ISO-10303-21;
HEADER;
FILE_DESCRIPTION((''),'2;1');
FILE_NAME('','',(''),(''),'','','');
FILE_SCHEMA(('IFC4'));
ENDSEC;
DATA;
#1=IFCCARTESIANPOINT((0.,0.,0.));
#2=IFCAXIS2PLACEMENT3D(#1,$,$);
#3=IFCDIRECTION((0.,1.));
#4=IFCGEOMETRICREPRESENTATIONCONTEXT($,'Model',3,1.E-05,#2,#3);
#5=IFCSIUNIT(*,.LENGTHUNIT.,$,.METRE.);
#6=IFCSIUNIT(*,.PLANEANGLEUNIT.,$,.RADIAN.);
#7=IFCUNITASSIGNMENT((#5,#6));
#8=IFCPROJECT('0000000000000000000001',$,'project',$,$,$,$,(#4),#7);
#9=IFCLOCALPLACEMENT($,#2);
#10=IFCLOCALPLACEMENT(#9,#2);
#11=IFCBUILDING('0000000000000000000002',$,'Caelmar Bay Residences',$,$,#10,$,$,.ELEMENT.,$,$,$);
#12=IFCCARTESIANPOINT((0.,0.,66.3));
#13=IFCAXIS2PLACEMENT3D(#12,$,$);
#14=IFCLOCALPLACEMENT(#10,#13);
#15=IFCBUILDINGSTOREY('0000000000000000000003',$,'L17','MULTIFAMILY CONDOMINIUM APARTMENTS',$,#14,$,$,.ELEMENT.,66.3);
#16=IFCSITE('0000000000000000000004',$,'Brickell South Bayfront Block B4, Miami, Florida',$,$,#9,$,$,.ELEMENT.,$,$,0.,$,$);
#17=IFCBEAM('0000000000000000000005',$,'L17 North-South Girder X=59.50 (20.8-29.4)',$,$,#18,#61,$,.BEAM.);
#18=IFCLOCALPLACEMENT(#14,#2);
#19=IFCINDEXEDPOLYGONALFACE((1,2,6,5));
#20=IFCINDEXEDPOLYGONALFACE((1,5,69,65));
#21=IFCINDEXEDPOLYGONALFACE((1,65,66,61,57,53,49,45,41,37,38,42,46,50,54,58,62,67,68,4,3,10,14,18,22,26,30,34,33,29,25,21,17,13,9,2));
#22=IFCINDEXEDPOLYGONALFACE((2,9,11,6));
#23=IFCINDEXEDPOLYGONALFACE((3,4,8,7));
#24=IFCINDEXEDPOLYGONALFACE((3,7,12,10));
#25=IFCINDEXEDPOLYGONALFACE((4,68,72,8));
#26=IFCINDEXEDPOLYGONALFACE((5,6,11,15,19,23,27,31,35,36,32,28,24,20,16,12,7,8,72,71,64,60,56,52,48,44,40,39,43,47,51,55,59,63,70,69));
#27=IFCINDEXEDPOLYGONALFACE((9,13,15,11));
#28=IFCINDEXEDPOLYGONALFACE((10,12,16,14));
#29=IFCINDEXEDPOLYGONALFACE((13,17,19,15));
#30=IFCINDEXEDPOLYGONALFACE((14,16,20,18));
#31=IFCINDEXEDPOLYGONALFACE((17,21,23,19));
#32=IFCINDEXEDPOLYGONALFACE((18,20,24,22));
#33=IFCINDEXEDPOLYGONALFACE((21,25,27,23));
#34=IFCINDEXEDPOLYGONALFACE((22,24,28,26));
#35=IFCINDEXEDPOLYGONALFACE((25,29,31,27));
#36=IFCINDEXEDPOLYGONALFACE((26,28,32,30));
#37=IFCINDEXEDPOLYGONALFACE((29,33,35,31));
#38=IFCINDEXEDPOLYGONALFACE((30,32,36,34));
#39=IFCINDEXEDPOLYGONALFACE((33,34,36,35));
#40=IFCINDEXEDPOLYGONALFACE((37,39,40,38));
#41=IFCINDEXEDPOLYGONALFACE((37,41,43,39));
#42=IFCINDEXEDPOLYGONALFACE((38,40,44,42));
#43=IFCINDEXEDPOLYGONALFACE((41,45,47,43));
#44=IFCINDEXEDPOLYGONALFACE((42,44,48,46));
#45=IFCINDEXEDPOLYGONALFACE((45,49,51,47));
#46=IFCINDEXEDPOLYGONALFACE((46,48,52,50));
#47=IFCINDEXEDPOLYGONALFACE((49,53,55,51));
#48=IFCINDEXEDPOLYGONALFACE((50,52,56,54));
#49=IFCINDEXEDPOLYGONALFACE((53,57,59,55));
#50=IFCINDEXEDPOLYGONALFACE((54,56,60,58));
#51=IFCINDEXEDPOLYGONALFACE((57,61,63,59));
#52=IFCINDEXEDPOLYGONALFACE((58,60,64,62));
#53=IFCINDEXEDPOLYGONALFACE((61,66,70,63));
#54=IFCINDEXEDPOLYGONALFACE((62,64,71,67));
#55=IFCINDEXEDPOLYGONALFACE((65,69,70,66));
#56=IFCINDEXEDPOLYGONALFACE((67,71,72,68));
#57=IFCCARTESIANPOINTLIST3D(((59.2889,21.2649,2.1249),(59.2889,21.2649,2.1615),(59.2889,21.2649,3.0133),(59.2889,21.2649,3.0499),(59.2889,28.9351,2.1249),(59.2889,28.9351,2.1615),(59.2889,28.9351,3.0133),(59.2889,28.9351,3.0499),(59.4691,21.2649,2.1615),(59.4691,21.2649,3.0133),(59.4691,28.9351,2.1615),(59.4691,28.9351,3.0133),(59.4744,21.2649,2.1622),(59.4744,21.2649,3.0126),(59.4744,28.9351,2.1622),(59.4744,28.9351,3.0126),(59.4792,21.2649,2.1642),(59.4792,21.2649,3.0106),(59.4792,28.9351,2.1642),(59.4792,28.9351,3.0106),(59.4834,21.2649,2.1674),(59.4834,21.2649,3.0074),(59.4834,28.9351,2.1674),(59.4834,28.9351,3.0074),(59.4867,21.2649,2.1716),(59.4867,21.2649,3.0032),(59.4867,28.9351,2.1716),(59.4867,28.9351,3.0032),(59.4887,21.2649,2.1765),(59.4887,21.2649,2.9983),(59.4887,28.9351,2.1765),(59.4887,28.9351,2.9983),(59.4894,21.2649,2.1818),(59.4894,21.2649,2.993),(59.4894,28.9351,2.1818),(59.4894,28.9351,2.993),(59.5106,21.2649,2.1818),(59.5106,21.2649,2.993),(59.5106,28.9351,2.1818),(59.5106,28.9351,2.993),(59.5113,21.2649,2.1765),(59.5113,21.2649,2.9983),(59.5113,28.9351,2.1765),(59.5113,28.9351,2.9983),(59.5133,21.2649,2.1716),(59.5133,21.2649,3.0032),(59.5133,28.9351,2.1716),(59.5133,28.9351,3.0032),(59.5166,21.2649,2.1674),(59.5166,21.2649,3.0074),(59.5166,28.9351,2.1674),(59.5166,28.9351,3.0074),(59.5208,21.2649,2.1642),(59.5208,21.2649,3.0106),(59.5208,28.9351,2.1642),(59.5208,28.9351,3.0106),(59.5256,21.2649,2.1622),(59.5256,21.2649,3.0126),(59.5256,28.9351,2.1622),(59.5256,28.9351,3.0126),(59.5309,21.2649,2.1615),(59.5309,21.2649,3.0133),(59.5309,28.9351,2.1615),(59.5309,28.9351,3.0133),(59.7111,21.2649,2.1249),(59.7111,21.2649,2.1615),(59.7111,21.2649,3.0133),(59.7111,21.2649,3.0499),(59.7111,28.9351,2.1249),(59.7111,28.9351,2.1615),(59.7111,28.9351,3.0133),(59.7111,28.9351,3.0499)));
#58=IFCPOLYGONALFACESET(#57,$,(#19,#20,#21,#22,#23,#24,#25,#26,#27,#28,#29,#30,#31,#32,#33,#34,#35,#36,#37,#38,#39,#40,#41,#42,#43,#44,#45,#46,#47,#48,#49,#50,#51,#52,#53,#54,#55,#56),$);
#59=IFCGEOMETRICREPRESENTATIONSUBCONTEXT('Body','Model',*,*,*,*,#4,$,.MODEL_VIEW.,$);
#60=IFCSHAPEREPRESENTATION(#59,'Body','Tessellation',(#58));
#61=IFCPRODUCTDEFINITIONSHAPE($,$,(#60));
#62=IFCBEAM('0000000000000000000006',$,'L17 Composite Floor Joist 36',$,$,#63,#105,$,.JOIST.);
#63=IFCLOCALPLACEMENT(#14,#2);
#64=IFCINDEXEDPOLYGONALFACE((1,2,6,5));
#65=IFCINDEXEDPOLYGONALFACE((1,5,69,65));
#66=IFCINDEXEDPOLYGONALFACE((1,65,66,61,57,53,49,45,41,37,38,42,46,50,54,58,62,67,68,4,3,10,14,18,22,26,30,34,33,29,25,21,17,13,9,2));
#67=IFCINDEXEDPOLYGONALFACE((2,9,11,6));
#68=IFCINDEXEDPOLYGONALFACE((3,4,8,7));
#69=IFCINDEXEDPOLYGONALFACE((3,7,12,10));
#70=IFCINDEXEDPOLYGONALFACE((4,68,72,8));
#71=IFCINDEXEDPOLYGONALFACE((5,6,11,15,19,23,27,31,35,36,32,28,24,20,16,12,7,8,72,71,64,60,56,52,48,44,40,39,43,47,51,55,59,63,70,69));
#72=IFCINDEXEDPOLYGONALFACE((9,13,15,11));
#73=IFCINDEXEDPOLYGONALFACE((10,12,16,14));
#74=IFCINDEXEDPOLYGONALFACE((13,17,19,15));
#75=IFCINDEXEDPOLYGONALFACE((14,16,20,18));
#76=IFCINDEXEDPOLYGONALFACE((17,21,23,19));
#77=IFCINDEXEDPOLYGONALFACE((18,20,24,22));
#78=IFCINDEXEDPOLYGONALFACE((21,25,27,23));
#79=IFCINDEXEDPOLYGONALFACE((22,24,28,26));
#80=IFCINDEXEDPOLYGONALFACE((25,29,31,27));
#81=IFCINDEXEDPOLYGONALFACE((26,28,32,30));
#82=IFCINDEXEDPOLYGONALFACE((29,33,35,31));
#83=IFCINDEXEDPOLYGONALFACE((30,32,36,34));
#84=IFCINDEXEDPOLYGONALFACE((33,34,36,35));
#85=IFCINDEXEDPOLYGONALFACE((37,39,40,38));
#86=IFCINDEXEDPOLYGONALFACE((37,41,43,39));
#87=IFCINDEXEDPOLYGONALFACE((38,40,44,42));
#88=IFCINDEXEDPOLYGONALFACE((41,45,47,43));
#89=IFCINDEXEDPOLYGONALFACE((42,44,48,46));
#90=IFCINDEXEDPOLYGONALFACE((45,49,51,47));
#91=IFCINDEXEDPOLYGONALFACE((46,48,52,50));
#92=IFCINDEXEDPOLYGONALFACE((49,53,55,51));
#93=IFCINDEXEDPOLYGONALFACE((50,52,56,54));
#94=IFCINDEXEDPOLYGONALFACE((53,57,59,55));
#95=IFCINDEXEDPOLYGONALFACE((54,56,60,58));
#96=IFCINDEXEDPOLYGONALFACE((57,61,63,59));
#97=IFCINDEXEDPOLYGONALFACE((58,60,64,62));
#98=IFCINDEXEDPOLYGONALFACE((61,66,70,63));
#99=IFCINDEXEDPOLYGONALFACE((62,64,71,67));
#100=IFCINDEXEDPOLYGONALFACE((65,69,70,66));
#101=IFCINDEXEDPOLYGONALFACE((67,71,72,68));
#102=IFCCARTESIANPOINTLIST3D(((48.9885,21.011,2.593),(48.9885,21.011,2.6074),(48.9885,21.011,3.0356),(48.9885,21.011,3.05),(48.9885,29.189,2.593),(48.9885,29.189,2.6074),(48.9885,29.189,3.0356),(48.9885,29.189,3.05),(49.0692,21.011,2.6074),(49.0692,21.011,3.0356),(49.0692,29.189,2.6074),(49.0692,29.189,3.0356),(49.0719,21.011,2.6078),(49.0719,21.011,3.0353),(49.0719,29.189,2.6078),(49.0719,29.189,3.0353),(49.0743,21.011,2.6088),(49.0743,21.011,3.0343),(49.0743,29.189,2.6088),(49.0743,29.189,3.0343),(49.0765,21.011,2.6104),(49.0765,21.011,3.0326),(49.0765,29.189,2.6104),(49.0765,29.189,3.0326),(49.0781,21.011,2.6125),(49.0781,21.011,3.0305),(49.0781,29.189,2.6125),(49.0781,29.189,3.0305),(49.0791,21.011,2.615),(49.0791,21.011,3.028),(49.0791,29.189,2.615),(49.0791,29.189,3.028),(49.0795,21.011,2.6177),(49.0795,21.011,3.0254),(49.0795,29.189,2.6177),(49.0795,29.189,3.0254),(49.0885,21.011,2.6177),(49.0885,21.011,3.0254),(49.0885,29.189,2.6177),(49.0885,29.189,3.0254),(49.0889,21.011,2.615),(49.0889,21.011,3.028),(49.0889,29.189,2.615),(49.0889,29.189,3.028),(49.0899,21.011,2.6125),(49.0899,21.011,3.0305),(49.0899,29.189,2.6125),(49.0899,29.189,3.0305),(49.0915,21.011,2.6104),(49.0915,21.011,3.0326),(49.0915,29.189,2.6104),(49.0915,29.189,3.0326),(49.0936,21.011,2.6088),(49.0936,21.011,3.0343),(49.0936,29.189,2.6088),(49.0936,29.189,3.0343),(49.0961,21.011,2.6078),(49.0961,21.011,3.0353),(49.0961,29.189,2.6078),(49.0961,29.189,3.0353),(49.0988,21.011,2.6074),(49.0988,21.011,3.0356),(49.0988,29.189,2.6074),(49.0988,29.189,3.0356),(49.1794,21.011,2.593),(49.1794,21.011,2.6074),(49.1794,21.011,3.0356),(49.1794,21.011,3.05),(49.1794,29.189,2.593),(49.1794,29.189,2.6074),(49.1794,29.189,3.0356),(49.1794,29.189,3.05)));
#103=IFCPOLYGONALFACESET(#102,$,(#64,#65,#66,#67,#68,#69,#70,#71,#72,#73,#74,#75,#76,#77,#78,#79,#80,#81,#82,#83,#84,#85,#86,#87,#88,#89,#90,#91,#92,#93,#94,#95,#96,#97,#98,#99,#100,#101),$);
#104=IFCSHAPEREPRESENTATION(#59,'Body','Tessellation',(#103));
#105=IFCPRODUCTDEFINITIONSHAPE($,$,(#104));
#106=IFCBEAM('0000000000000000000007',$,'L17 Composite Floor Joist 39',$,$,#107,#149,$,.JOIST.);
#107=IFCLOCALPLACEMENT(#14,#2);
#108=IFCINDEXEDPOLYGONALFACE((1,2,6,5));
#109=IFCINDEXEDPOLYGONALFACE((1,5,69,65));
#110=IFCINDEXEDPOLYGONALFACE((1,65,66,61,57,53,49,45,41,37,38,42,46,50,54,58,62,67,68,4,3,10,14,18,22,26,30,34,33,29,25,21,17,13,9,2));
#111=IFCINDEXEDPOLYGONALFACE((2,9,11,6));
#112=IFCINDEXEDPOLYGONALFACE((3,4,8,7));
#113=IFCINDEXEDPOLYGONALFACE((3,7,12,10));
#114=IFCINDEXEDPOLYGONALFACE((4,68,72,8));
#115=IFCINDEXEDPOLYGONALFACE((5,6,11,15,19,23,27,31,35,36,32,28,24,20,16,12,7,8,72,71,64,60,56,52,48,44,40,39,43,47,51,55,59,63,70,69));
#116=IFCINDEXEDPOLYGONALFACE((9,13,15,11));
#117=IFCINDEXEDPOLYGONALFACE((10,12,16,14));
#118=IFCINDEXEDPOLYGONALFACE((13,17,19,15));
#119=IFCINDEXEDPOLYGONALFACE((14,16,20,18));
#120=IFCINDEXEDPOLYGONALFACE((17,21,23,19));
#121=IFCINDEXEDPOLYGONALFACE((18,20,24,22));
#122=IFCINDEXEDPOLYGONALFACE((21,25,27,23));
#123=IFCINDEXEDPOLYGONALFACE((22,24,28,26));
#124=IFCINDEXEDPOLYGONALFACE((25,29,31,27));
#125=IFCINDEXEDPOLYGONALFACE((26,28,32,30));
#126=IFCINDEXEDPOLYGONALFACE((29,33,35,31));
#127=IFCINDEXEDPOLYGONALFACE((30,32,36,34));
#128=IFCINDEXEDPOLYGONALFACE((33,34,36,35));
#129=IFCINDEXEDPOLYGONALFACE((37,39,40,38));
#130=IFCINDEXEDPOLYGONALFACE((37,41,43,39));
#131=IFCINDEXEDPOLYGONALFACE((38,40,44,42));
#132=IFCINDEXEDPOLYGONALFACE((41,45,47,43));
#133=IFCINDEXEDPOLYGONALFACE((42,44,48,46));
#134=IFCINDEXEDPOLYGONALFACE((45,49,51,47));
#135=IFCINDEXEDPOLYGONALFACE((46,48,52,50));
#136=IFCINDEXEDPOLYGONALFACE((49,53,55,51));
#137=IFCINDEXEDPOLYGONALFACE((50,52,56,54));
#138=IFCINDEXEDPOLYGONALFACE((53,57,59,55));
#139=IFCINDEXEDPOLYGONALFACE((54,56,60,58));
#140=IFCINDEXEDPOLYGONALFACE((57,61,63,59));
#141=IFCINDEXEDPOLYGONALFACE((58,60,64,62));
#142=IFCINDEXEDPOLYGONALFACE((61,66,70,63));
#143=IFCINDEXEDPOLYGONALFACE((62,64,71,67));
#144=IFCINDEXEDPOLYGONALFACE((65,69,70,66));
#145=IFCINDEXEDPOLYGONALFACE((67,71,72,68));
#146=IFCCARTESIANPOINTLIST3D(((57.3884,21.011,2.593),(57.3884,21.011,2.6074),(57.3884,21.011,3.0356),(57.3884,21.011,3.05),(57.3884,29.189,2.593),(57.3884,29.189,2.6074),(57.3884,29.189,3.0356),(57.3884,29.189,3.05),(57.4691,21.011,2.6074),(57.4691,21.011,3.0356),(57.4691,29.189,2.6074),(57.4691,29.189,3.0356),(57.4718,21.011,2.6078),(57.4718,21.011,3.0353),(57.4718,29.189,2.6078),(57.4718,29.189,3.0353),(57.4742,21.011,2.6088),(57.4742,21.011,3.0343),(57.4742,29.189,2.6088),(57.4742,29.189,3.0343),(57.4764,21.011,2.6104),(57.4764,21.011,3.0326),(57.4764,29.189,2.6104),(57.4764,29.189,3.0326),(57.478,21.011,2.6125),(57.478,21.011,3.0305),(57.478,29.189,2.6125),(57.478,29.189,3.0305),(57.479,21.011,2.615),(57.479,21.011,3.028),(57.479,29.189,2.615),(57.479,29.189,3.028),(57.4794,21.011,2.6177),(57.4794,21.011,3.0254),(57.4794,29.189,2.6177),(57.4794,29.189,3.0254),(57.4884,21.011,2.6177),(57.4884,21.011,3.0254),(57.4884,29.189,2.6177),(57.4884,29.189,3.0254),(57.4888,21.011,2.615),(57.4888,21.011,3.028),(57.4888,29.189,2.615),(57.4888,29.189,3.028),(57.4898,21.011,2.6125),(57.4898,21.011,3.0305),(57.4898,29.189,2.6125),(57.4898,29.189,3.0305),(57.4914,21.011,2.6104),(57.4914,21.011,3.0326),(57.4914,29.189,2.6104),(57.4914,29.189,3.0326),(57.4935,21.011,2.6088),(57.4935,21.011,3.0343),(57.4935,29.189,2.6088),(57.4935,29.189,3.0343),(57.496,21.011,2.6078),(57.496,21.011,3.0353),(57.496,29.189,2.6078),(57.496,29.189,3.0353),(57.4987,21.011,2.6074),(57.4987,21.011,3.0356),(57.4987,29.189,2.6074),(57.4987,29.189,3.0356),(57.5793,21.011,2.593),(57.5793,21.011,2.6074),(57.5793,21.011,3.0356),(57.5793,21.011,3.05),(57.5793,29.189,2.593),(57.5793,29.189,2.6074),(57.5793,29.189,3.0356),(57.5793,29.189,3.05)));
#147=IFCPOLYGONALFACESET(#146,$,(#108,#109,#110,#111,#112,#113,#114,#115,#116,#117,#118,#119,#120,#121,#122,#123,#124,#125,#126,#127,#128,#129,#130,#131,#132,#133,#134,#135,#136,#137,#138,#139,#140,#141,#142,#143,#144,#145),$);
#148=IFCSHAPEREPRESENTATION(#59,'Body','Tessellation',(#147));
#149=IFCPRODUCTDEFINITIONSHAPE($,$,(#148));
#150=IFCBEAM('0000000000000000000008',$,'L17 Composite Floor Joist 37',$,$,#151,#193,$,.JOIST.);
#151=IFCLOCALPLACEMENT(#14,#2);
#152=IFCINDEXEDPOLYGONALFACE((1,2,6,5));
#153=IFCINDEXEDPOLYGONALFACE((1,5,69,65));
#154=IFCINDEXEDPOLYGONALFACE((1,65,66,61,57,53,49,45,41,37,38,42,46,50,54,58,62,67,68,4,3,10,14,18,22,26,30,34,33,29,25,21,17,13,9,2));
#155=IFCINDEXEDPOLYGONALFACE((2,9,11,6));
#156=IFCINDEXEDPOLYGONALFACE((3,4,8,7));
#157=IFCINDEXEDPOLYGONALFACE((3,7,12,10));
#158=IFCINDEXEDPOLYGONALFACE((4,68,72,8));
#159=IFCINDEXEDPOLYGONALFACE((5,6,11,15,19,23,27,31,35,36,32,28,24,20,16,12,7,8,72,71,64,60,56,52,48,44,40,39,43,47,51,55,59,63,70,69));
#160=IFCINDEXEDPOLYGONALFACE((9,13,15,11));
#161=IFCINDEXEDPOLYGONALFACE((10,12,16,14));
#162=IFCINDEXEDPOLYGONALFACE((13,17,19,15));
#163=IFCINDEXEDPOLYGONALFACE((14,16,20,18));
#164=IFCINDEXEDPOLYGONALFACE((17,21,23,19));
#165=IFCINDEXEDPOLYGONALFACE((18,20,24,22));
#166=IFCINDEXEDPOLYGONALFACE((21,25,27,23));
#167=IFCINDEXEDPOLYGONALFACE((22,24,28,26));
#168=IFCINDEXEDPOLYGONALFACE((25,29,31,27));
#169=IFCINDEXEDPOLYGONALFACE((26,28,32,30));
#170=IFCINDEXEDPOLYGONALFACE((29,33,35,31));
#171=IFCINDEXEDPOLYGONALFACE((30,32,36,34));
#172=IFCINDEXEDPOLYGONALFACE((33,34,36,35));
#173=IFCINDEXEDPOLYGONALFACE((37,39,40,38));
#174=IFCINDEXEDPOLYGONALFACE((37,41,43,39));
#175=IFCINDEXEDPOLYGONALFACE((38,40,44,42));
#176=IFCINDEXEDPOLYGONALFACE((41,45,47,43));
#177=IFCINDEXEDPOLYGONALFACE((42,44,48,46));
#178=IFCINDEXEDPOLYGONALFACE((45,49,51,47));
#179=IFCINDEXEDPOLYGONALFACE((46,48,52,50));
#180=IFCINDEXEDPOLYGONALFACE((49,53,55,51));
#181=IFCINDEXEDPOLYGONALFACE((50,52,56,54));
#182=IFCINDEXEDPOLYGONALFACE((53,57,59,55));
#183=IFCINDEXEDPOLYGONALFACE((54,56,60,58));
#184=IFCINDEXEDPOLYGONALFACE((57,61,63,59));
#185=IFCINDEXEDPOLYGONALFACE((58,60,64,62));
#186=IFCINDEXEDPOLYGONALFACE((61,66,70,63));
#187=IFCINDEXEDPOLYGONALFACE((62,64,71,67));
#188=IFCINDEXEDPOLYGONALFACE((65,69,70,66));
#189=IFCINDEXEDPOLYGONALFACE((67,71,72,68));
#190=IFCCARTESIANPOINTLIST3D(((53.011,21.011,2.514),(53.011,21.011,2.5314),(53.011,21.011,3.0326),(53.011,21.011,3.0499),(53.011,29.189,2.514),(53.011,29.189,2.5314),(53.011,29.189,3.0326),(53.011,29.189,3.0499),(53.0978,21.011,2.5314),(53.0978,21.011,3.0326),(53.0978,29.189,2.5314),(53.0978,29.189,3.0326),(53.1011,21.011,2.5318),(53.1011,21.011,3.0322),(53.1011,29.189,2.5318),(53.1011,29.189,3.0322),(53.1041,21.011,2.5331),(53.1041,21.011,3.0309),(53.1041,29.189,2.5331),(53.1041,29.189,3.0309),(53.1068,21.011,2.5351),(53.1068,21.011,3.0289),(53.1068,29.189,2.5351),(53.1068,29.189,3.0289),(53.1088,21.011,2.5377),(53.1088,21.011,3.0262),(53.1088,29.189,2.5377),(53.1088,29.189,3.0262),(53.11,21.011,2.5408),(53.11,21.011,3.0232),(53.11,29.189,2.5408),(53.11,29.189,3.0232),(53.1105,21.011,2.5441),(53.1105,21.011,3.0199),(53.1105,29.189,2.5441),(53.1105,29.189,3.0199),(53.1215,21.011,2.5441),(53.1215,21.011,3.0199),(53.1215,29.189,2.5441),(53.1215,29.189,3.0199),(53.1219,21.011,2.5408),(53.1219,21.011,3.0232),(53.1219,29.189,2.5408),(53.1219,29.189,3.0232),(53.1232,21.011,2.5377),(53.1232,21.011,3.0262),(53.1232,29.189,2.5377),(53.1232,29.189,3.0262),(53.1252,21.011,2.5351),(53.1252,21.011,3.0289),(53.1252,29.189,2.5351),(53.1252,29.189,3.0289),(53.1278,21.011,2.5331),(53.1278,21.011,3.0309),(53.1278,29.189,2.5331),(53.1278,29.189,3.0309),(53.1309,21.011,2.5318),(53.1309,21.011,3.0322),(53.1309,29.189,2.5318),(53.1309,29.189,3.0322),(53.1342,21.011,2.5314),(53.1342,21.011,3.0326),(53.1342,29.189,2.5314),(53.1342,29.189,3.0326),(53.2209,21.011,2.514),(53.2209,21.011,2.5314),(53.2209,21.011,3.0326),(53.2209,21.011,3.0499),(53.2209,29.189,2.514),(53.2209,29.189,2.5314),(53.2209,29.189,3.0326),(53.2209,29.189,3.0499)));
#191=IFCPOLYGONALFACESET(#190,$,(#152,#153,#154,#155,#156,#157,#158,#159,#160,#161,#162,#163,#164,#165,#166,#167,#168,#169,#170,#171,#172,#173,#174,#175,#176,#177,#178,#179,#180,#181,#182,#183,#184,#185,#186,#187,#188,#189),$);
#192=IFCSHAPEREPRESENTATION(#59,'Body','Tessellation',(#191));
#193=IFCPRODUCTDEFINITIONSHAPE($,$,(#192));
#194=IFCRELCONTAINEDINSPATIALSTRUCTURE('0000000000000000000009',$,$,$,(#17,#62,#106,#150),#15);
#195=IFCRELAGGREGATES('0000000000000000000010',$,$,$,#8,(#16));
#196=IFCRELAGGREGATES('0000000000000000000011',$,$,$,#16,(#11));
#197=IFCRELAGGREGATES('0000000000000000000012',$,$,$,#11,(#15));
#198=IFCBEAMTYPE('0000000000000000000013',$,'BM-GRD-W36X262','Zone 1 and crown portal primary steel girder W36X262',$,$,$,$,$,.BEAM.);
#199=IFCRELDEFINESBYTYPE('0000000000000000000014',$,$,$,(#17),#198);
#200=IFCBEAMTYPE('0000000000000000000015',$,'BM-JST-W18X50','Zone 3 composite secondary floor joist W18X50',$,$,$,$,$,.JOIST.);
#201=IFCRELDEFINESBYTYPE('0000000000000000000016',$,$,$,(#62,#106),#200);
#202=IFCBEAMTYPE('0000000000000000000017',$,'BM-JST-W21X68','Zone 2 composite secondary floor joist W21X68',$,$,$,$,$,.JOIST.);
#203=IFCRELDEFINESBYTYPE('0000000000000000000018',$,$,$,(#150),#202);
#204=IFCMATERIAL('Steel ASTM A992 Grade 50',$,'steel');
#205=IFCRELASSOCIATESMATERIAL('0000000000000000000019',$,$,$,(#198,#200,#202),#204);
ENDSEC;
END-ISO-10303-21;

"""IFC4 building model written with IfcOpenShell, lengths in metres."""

from ifc_helpers import new_model, si_unit, direction, frame, origin, origin_2d, place, context, subcontext, project, spatial, i_section, extrude, material, material_profile, profile_set, type_object, element, save


model = new_model("IFC4")

# Units and contexts
model_context = context("Model", 3, precision=1e-05, world=origin(), true_north=direction((0.0, 1.0)))
body_context = subcontext(model_context, "Body", "Model", "MODEL_VIEW")
ifc_project = project(units=[si_unit("LENGTHUNIT", "METRE"), si_unit("PLANEANGLEUNIT", "RADIAN")], contexts=[model_context])

# Site, building, storey
site_placement = place(None, origin())
site = spatial("IfcSite", under=ifc_project, at=site_placement, Name="Brickell South Bayfront Block B4, Miami, Florida", CompositionType="ELEMENT", RefElevation=0.0)
building_placement = place(site_placement, origin())
building = spatial("IfcBuilding", under=site, at=building_placement, Name="Caelmar Bay Residences", CompositionType="ELEMENT")
storey_placement = place(building_placement, frame((0.0, 0.0, 66.3)))
storey = spatial("IfcBuildingStorey", under=building, at=storey_placement, Name="L17", Description="MULTIFAMILY CONDOMINIUM APARTMENTS", CompositionType="ELEMENT", Elevation=66.3)

# Beams
ifc_material_1 = material(Name="Steel ASTM A992 Grade 50", Category="steel")
ifc_material_profile_1 = material_profile(ifc_material_1, i_section(OverallWidth=0.4221, OverallDepth=0.925, WebThickness=0.0212, FlangeThickness=0.0366, FilletRadius=0.0203, at=origin_2d()), Name="W36X262")
ifc_profile_set_1 = profile_set([ifc_material_profile_1], Name="Steel ASTM A992 Grade 50")
beam_type_1 = type_object("IfcBeamType", Name="BM-GRD-W36X262", Description="Zone 1 and crown portal primary steel girder W36X262", PredefinedType="BEAM", material=ifc_profile_set_1)
beam_1_placement = place(storey_placement, frame((59.5, 21.2649, 2.5874), z_axis=(0.0, 1.0, 0.0), x_axis=(-1.0, 0.0, 0.0)))
element("IfcBeam", 1, at=beam_1_placement, inside=storey, type_object=beam_type_1, Name="L17 North-South Girder X=59.50 (20.8-29.4)", PredefinedType="BEAM", context=body_context, shape_type="SweptSolid", body=[
    extrude(i_section(OverallWidth=0.4221, OverallDepth=0.925, WebThickness=0.0212, FlangeThickness=0.0366, FilletRadius=0.0203, at=origin_2d()), origin(), (0.0, 0.0, 1.0), 7.6702),
])
ifc_material_profile_2 = material_profile(ifc_material_1, i_section(OverallWidth=0.1909, OverallDepth=0.457, WebThickness=0.009, FlangeThickness=0.0144, FilletRadius=0.0103, at=origin_2d()), Name="W18X50")
ifc_profile_set_2 = profile_set([ifc_material_profile_2], Name="Steel ASTM A992 Grade 50")
beam_type_2 = type_object("IfcBeamType", Name="BM-JST-W18X50", Description="Zone 3 composite secondary floor joist W18X50", PredefinedType="JOIST", material=ifc_profile_set_2)
for number, where, z_axis, x_axis, name in (
    (2, (49.084, 21.011, 2.8215), (0.0, 1.0, 0.0), (-1.0, 0.0, 0.0), "L17 Composite Floor Joist 36"),
    (3, (57.4839, 21.011, 2.8215), (0.0, 1.0, 0.0), (-1.0, 0.0, 0.0), "L17 Composite Floor Joist 39"),
):
    element("IfcBeam", number, at=place(storey_placement, frame(where, z_axis=z_axis, x_axis=x_axis)), inside=storey, type_object=beam_type_2, Name=name, PredefinedType="JOIST", context=body_context, shape_type="SweptSolid", body=[
        extrude(i_section(OverallWidth=0.1909, OverallDepth=0.457, WebThickness=0.009, FlangeThickness=0.0144, FilletRadius=0.0103, at=origin_2d()), origin(), (0.0, 0.0, 1.0), 8.178),
    ])
ifc_material_profile_3 = material_profile(ifc_material_1, i_section(OverallWidth=0.21, OverallDepth=0.5359, WebThickness=0.011, FlangeThickness=0.0173, FilletRadius=0.0127, at=origin_2d()), Name="W21X68")
ifc_profile_set_3 = profile_set([ifc_material_profile_3], Name="Steel ASTM A992 Grade 50")
beam_type_3 = type_object("IfcBeamType", Name="BM-JST-W21X68", Description="Zone 2 composite secondary floor joist W21X68", PredefinedType="JOIST", material=ifc_profile_set_3)
beam_2_placement = place(storey_placement, frame((53.116, 21.011, 2.782), z_axis=(0.0, 1.0, 0.0), x_axis=(-1.0, 0.0, 0.0)))
element("IfcBeam", 4, at=beam_2_placement, inside=storey, type_object=beam_type_3, Name="L17 Composite Floor Joist 37", PredefinedType="JOIST", context=body_context, shape_type="SweptSolid", body=[
    extrude(i_section(OverallWidth=0.21, OverallDepth=0.5359, WebThickness=0.011, FlangeThickness=0.0173, FilletRadius=0.0127, at=origin_2d()), origin(), (0.0, 0.0, 1.0), 8.178),
])

save(model, "model.ifc")
